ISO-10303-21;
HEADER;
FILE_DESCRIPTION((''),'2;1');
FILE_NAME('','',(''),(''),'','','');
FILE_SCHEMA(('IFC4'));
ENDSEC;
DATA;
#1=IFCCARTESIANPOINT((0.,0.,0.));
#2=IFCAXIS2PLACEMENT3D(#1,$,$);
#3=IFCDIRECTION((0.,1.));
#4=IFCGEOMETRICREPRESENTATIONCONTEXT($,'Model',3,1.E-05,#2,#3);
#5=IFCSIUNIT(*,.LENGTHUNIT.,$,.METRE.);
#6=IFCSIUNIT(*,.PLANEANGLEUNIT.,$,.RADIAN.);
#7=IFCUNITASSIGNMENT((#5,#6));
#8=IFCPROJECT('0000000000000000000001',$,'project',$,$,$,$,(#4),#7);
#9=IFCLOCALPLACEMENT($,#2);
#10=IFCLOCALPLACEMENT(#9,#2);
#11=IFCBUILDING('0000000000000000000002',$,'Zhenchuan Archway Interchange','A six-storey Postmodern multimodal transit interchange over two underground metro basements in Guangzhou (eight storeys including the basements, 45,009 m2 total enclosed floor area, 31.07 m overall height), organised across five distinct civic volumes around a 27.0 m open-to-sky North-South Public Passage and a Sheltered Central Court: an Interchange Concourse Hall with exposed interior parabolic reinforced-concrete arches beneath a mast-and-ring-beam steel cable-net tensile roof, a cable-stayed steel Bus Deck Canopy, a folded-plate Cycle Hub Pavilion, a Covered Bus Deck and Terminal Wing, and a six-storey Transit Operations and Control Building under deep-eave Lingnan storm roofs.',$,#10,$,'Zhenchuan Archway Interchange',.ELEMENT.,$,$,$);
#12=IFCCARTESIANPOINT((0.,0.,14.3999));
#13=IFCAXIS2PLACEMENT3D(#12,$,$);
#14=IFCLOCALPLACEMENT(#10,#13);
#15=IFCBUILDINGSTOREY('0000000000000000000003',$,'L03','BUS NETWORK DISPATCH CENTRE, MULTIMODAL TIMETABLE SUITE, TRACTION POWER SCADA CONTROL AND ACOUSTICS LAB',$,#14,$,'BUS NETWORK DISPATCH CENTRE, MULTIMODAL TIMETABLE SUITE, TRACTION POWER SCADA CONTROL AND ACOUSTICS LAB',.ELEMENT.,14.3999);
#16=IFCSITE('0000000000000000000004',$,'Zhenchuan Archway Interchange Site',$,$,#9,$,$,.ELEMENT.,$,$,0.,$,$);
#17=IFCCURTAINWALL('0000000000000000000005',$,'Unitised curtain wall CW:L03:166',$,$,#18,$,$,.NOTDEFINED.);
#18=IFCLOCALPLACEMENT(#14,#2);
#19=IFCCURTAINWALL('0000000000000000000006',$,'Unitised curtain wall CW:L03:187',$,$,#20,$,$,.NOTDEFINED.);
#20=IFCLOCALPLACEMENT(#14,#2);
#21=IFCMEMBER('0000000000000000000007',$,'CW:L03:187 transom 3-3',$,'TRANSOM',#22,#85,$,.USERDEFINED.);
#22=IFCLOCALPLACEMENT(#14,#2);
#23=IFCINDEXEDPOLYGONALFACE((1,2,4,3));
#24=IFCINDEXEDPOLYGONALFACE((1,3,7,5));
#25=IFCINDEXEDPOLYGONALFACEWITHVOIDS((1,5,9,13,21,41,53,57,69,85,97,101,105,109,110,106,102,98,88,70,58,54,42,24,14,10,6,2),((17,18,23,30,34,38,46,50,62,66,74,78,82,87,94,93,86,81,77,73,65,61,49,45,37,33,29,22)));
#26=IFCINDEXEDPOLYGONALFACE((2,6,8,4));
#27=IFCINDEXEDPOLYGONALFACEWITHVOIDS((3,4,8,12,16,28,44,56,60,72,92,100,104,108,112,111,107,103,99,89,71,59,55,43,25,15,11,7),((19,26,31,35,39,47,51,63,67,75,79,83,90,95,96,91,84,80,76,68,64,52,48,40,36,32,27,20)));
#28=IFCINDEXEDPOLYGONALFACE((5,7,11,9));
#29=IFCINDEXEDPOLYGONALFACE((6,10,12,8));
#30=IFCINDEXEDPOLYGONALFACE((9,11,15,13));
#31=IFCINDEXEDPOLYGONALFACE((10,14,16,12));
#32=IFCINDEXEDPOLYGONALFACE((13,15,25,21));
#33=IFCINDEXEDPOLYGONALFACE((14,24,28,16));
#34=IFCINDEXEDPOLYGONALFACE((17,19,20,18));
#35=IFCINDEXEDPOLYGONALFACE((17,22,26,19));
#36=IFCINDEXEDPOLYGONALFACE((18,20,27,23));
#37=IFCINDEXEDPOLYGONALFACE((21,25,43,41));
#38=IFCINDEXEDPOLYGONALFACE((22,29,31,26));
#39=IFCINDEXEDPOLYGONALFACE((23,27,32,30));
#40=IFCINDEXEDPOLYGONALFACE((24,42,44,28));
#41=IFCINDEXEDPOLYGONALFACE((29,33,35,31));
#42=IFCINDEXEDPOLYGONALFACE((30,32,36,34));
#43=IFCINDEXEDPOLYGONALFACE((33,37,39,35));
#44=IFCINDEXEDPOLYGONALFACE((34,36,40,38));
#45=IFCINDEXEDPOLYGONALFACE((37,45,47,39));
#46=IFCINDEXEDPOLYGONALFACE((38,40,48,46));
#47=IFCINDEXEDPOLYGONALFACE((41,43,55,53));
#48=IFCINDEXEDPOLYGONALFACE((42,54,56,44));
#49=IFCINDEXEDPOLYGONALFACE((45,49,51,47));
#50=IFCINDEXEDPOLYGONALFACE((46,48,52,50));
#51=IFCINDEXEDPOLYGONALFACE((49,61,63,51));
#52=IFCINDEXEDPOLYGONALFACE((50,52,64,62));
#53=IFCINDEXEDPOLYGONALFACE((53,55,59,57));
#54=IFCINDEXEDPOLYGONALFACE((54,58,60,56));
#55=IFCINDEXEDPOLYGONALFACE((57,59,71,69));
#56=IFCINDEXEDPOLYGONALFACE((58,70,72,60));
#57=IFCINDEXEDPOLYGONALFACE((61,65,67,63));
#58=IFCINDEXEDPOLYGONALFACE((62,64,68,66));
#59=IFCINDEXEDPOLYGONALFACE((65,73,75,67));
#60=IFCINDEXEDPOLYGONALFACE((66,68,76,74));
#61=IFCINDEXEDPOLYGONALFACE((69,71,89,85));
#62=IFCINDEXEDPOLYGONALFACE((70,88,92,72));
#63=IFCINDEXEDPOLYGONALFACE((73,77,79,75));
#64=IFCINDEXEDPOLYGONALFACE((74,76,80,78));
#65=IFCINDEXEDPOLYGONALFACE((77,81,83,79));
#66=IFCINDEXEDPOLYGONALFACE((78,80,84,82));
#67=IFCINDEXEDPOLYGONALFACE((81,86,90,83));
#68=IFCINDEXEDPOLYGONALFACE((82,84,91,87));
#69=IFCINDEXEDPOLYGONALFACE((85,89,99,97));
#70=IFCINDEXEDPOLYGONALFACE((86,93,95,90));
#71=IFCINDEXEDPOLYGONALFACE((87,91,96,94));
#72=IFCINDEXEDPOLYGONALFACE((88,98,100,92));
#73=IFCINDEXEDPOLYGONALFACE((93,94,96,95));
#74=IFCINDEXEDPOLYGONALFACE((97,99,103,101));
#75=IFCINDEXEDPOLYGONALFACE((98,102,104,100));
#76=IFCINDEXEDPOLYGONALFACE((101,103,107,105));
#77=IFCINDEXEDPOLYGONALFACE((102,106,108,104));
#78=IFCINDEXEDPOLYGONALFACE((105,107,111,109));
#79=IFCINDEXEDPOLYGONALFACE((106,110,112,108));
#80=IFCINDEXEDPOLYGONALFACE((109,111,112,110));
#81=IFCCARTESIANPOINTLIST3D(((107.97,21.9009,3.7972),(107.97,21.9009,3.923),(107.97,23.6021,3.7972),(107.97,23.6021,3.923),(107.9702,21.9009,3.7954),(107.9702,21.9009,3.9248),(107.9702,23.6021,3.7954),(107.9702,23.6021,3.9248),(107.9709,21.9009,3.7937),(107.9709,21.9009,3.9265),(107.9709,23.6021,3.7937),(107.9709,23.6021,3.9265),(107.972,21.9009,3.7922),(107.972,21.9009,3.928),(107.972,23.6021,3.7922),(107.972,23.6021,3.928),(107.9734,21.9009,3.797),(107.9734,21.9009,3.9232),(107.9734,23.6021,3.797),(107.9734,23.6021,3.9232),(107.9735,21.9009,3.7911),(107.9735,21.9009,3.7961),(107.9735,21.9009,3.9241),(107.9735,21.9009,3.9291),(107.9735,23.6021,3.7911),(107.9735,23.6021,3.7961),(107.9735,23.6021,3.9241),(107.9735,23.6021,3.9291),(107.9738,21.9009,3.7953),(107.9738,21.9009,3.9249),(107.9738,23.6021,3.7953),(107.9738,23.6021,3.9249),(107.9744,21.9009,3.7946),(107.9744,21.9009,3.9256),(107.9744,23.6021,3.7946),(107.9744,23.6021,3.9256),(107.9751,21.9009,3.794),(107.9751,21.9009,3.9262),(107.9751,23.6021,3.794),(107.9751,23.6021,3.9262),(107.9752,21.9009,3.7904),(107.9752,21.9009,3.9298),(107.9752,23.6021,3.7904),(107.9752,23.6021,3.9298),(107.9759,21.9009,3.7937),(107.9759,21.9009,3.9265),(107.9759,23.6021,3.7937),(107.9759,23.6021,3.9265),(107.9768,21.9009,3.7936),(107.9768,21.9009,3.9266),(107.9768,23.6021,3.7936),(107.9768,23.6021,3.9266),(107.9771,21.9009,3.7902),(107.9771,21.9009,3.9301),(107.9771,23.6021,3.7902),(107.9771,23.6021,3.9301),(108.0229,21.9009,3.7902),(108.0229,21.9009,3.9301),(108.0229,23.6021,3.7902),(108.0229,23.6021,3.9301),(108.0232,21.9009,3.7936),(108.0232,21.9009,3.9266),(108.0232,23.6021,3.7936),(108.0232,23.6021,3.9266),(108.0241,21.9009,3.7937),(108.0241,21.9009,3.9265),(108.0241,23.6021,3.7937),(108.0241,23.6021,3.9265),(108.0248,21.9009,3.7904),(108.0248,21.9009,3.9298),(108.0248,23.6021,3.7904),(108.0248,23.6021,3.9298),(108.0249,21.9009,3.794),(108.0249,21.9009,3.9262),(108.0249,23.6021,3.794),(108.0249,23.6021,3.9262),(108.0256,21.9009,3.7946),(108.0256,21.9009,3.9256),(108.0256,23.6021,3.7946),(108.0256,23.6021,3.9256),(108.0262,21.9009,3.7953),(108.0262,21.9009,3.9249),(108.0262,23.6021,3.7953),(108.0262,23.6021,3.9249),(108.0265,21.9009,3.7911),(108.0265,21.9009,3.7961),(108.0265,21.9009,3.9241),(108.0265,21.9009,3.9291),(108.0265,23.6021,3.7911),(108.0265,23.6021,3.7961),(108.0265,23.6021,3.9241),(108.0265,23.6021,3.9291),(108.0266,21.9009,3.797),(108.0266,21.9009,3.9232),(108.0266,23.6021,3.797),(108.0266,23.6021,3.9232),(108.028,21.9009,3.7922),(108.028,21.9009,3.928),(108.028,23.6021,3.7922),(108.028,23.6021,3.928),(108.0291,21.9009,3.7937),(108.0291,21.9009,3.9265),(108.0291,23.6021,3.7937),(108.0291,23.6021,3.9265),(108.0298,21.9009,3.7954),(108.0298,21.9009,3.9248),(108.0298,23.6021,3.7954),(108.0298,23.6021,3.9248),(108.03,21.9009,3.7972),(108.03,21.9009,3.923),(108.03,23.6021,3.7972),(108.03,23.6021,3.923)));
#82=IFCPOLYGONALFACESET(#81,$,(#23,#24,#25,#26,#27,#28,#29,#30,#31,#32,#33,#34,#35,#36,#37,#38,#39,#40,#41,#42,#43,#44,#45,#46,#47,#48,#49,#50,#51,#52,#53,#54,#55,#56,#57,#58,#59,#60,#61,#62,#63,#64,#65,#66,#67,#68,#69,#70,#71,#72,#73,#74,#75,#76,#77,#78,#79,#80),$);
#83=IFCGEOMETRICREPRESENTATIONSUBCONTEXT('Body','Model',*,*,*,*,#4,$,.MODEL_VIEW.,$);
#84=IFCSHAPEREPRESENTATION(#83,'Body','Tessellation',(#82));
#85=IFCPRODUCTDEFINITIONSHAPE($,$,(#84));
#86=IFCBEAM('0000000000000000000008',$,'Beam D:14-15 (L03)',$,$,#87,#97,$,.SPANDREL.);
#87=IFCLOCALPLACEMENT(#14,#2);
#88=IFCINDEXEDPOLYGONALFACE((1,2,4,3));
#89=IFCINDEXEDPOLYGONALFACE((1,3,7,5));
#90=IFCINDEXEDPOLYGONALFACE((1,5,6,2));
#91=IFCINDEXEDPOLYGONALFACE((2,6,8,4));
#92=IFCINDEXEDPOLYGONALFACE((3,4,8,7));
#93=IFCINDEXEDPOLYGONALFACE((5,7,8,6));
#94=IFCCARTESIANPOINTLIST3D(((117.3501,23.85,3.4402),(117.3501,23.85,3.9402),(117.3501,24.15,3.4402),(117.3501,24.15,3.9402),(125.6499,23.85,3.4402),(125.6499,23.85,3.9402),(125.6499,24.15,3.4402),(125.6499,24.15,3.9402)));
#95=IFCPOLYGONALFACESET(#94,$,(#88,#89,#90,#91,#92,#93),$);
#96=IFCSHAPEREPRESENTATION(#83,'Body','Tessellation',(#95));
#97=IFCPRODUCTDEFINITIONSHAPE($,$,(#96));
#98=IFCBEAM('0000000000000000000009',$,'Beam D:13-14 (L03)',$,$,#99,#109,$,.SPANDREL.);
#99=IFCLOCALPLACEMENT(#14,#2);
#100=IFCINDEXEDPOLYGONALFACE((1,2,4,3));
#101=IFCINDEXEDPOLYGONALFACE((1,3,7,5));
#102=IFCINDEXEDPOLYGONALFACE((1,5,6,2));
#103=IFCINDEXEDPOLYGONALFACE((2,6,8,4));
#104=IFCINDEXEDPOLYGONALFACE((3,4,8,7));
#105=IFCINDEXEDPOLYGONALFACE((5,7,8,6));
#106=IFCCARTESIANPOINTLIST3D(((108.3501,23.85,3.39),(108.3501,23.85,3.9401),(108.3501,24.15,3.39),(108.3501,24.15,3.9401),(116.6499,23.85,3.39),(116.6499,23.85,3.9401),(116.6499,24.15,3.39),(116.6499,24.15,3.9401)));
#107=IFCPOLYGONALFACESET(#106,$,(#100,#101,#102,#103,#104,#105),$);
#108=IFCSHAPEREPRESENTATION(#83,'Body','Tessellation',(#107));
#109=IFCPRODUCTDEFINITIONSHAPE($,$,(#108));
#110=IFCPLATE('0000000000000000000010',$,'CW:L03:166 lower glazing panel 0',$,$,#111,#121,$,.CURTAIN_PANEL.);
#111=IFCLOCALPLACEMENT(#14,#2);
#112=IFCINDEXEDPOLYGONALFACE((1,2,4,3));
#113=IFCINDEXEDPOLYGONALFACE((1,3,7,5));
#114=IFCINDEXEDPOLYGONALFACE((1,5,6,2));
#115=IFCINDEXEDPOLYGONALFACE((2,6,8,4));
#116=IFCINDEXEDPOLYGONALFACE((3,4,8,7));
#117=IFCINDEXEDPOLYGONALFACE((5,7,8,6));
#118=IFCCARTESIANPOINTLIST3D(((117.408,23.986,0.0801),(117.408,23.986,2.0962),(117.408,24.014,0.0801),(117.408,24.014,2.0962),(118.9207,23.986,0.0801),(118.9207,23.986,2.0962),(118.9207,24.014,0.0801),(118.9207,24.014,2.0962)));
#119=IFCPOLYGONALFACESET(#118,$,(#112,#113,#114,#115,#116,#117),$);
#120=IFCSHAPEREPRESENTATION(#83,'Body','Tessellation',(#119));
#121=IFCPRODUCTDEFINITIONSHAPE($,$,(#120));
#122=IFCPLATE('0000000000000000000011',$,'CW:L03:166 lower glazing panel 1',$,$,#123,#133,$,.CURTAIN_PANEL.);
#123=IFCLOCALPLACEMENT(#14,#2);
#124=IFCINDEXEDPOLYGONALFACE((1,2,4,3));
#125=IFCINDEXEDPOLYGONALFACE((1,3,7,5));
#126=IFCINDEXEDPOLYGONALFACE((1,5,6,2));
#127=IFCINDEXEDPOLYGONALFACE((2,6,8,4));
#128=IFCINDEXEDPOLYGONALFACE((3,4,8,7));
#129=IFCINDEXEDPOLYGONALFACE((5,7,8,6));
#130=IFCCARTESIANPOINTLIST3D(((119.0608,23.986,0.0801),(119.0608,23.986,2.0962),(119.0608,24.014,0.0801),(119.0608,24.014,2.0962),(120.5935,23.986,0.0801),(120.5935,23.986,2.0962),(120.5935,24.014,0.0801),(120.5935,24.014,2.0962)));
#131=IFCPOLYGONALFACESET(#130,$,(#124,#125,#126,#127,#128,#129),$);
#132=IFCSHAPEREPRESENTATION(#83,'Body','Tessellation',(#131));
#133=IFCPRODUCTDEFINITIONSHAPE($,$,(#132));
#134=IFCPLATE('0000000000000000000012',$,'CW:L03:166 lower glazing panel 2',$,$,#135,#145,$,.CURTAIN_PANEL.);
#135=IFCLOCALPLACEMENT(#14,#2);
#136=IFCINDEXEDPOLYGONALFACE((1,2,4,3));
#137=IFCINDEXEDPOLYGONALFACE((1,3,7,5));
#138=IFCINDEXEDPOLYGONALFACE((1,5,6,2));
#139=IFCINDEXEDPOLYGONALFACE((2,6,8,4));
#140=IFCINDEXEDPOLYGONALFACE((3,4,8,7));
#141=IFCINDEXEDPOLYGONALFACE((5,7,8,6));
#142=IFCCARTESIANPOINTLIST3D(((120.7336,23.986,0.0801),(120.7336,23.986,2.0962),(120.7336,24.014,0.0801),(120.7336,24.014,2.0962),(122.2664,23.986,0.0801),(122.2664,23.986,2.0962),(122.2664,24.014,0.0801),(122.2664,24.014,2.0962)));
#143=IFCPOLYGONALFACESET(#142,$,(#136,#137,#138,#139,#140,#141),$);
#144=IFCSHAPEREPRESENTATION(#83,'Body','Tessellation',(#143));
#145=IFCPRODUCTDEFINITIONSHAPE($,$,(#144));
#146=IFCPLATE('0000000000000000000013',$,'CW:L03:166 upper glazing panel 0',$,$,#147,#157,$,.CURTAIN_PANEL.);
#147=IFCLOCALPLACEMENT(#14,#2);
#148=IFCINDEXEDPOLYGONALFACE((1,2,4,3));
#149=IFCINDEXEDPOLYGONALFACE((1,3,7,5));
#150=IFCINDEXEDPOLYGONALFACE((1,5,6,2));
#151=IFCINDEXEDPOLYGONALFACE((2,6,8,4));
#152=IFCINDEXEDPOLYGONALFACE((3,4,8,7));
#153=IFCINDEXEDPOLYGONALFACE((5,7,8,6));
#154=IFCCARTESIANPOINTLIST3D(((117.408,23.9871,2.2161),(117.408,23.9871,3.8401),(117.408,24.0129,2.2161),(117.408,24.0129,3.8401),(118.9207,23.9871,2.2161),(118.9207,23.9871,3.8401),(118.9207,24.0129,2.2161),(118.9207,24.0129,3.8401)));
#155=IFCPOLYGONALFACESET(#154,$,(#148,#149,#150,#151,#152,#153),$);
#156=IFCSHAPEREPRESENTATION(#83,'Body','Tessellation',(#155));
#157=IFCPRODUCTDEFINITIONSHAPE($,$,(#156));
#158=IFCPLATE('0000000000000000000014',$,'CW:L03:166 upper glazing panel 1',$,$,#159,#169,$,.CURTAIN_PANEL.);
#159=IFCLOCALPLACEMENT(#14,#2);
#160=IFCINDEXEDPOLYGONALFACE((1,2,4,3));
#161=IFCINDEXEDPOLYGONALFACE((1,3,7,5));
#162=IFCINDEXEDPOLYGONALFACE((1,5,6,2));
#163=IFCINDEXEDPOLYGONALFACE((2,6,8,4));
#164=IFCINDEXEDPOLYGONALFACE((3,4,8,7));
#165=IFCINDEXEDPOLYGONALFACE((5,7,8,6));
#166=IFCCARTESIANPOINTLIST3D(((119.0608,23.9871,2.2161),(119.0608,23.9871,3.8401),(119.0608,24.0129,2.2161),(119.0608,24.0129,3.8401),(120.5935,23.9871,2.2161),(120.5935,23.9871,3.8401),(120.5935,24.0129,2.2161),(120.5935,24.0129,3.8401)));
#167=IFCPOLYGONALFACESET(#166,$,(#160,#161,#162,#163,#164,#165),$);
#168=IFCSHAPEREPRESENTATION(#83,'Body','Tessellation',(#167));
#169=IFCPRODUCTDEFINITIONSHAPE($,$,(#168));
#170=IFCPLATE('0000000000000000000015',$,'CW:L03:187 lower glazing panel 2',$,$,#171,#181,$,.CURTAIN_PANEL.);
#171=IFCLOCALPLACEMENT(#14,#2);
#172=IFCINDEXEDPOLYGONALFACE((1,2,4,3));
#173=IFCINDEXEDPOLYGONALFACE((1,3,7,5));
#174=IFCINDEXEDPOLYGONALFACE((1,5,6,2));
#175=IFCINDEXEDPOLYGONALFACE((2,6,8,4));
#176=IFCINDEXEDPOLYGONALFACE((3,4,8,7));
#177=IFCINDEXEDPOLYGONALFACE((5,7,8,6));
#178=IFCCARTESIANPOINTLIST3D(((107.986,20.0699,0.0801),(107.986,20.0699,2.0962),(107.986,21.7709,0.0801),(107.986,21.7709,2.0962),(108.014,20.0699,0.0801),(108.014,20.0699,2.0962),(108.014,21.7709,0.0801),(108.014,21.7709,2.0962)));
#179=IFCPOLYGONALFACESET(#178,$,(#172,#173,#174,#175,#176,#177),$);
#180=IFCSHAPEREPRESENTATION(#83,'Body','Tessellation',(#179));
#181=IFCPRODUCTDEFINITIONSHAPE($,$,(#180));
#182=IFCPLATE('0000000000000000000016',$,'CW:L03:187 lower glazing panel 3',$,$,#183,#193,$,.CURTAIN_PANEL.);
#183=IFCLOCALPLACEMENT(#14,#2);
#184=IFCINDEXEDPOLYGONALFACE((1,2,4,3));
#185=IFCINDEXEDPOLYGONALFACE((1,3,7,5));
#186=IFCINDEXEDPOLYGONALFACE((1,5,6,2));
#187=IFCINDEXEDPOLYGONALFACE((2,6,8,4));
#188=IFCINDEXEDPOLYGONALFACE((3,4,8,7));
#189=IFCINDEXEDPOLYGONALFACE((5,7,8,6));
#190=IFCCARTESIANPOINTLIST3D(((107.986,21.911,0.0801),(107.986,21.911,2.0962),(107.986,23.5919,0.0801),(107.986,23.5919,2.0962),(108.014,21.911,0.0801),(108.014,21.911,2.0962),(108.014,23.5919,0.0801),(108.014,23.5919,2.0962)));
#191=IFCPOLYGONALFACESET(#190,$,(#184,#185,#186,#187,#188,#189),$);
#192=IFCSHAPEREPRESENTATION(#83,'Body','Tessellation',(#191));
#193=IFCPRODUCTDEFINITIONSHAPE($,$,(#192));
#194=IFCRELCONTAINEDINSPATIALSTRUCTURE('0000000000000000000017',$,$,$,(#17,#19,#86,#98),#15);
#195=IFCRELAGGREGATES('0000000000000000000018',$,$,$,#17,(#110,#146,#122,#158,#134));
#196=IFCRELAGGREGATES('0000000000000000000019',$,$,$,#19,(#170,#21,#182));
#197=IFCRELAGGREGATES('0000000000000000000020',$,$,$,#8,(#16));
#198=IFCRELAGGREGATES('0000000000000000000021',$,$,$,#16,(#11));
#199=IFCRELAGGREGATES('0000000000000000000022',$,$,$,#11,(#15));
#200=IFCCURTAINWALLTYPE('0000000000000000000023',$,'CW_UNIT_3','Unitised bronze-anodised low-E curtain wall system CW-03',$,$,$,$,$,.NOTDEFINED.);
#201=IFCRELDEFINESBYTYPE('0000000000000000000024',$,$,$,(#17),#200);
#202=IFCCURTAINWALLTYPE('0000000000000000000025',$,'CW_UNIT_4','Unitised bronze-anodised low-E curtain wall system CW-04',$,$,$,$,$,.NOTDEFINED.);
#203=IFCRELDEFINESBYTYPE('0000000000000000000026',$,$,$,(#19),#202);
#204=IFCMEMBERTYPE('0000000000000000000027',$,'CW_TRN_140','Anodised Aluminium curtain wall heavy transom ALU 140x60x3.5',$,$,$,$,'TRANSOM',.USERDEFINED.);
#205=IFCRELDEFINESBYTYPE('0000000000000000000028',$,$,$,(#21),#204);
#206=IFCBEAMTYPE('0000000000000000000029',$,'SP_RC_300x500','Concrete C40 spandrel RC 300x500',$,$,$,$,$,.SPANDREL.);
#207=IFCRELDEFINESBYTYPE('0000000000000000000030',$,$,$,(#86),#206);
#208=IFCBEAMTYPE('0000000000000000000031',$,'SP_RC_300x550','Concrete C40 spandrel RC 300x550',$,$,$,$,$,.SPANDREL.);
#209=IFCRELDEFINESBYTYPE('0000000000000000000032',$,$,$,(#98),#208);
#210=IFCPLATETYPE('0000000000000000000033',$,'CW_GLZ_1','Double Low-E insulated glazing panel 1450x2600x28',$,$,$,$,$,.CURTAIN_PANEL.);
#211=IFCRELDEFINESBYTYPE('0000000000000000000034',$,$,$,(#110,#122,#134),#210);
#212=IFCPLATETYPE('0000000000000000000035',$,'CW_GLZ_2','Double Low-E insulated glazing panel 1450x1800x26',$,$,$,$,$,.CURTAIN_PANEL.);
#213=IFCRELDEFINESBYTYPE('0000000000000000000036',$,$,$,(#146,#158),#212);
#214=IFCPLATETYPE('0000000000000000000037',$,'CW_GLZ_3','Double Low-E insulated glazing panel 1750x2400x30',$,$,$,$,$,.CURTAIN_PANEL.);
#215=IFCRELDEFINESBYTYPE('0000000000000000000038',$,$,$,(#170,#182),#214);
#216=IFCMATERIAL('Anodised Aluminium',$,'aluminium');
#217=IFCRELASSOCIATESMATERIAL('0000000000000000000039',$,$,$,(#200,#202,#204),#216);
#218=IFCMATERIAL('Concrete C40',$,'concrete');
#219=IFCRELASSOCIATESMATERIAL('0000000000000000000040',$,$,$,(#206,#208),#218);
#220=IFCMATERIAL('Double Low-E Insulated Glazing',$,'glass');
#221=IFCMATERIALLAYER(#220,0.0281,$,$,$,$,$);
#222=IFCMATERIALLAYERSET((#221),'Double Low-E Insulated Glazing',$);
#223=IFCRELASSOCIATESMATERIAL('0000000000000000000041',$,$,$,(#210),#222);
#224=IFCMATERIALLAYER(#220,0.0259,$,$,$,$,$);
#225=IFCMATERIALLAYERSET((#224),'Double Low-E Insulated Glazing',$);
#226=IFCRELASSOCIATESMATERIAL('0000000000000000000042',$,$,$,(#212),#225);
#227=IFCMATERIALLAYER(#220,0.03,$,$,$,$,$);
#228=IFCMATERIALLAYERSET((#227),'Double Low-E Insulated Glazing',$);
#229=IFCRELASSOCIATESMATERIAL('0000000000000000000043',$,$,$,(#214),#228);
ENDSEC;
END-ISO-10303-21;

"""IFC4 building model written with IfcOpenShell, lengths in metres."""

from ifc_helpers import new_model, si_unit, direction, frame, origin, origin_2d, place, context, subcontext, project, spatial, rectangle, hollow_rectangle, extrude, material, layer, layer_set, material_profile, profile_set, type_object, element, aggregate, save


model = new_model("IFC4")

# Units and contexts
model_context = context("Model", 3, precision=1e-05, world=origin(), true_north=direction((0.0, 1.0)))
body_context = subcontext(model_context, "Body", "Model", "MODEL_VIEW")
ifc_project = project(units=[si_unit("LENGTHUNIT", "METRE"), si_unit("PLANEANGLEUNIT", "RADIAN")], contexts=[model_context])

# Site, building, storey
site_placement = place(None, origin())
site = spatial("IfcSite", under=ifc_project, at=site_placement, Name="Zhenchuan Archway Interchange Site", CompositionType="ELEMENT", RefElevation=0.0)
building_placement = place(site_placement, origin())
building = spatial("IfcBuilding", under=site, at=building_placement, Name="Zhenchuan Archway Interchange", Description="A six-storey Postmodern multimodal transit interchange over two underground metro basements in Guangzhou (eight storeys including the basements, 45,009 m2 total enclosed floor area, 31.07 m overall height), organised across five distinct civic volumes around a 27.0 m open-to-sky North-South Public Passage and a Sheltered Central Court: an Interchange Concourse Hall with exposed interior parabolic reinforced-concrete arches beneath a mast-and-ring-beam steel cable-net tensile roof, a cable-stayed steel Bus Deck Canopy, a folded-plate Cycle Hub Pavilion, a Covered Bus Deck and Terminal Wing, and a six-storey Transit Operations and Control Building under deep-eave Lingnan storm roofs.", LongName="Zhenchuan Archway Interchange", CompositionType="ELEMENT")
storey_placement = place(building_placement, frame((0.0, 0.0, 14.3999)))
storey = spatial("IfcBuildingStorey", under=building, at=storey_placement, Name="L03", Description="BUS NETWORK DISPATCH CENTRE, MULTIMODAL TIMETABLE SUITE, TRACTION POWER SCADA CONTROL AND ACOUSTICS LAB", LongName="BUS NETWORK DISPATCH CENTRE, MULTIMODAL TIMETABLE SUITE, TRACTION POWER SCADA CONTROL AND ACOUSTICS LAB", CompositionType="ELEMENT", Elevation=14.3999)

# Shared definitions
ifc_material_1 = material(Name="Concrete C40", Category="concrete")

# Curtain walls
ifc_material_2 = material(Name="Anodised Aluminium", Category="aluminium")
curtain_wall_type_1 = type_object("IfcCurtainWallType", Name="CW_UNIT_3", Description="Unitised bronze-anodised low-E curtain wall system CW-03", PredefinedType="NOTDEFINED", material=ifc_material_2)
curtain_wall_1_placement = place(storey_placement, origin())
curtain_wall_1 = element("IfcCurtainWall", 1, at=curtain_wall_1_placement, inside=storey, type_object=curtain_wall_type_1, Name="Unitised curtain wall CW:L03:166", PredefinedType="NOTDEFINED")
curtain_wall_type_2 = type_object("IfcCurtainWallType", Name="CW_UNIT_4", Description="Unitised bronze-anodised low-E curtain wall system CW-04", PredefinedType="NOTDEFINED", material=ifc_material_2)
curtain_wall_2_placement = place(storey_placement, origin())
curtain_wall_2 = element("IfcCurtainWall", 2, at=curtain_wall_2_placement, inside=storey, type_object=curtain_wall_type_2, Name="Unitised curtain wall CW:L03:187", PredefinedType="NOTDEFINED")

# Member
ifc_material_profile_1 = material_profile(ifc_material_2, hollow_rectangle(XDim=0.0601, YDim=0.1399, WallThickness=0.0034, InnerFilletRadius=0.0034, OuterFilletRadius=0.0071, at=origin_2d()), Name="ALU 140x60x3.5")
ifc_profile_set_1 = profile_set([ifc_material_profile_1], Name="Anodised Aluminium")
member_type_1 = type_object("IfcMemberType", Name="CW_TRN_140", Description="Anodised Aluminium curtain wall heavy transom ALU 140x60x3.5", ElementType="TRANSOM", PredefinedType="USERDEFINED", material=ifc_profile_set_1)
member_1_placement = place(storey_placement, frame((108.0, 21.9009, 3.8601), z_axis=(0.0, 1.0, 0.0), x_axis=(-1.0, 0.0, 0.0)))
member_1 = element("IfcMember", 3, at=member_1_placement, type_object=member_type_1, Name="CW:L03:187 transom 3-3", ObjectType="TRANSOM", PredefinedType="USERDEFINED", context=body_context, shape_type="SweptSolid", body=[
    extrude(hollow_rectangle(XDim=0.0601, YDim=0.1399, WallThickness=0.0034, InnerFilletRadius=0.0034, OuterFilletRadius=0.0071, at=origin_2d()), origin(), (0.0, 0.0, 1.0), 1.7012),
])

# Beams
ifc_material_profile_2 = material_profile(ifc_material_1, rectangle(XDim=0.3, YDim=0.5, at=origin_2d()), Name="RC 300x500")
ifc_profile_set_2 = profile_set([ifc_material_profile_2], Name="Concrete C40")
beam_type_1 = type_object("IfcBeamType", Name="SP_RC_300x500", Description="Concrete C40 spandrel RC 300x500", PredefinedType="SPANDREL", material=ifc_profile_set_2)
beam_1_placement = place(storey_placement, frame((117.3501, 24.0, 3.6902), z_axis=(1.0, 0.0, 0.0), x_axis=(0.0, 1.0, 0.0)))
element("IfcBeam", 4, at=beam_1_placement, inside=storey, type_object=beam_type_1, Name="Beam D:14-15 (L03)", PredefinedType="SPANDREL", context=body_context, shape_type="SweptSolid", body=[
    extrude(rectangle(XDim=0.3, YDim=0.5, at=origin_2d()), origin(), (0.0, 0.0, 1.0), 8.2998),
])
ifc_material_profile_3 = material_profile(ifc_material_1, rectangle(XDim=0.3, YDim=0.55, at=origin_2d()), Name="RC 300x550")
ifc_profile_set_3 = profile_set([ifc_material_profile_3], Name="Concrete C40")
beam_type_2 = type_object("IfcBeamType", Name="SP_RC_300x550", Description="Concrete C40 spandrel RC 300x550", PredefinedType="SPANDREL", material=ifc_profile_set_3)
beam_2_placement = place(storey_placement, frame((108.3501, 24.0, 3.665), z_axis=(1.0, 0.0, 0.0), x_axis=(0.0, 1.0, 0.0)))
element("IfcBeam", 5, at=beam_2_placement, inside=storey, type_object=beam_type_2, Name="Beam D:13-14 (L03)", PredefinedType="SPANDREL", context=body_context, shape_type="SweptSolid", body=[
    extrude(rectangle(XDim=0.3, YDim=0.55, at=origin_2d()), origin(), (0.0, 0.0, 1.0), 8.2998),
])

# Plates
ifc_material_3 = material(Name="Double Low-E Insulated Glazing", Category="glass")
ifc_layer_1 = layer(ifc_material_3, 0.0281)
ifc_layer_set_1 = layer_set([ifc_layer_1], Name="Double Low-E Insulated Glazing")
plate_type_1 = type_object("IfcPlateType", Name="CW_GLZ_1", Description="Double Low-E insulated glazing panel 1450x2600x28", PredefinedType="CURTAIN_PANEL", material=ifc_layer_set_1)
plate_1_placement = place(storey_placement, frame((118.1643, 24.0, 0.0801), z_axis=(0.0, 0.0, 1.0), x_axis=(1.0, 0.0, 0.0)))
plate_1 = element("IfcPlate", 6, at=plate_1_placement, type_object=plate_type_1, Name="CW:L03:166 lower glazing panel 0", PredefinedType="CURTAIN_PANEL", context=body_context, shape_type="SweptSolid", body=[
    extrude(rectangle(XDim=1.5127, YDim=0.0281, at=origin_2d()), origin(), (0.0, 0.0, 1.0), 2.0161),
])
plate_2_placement = place(storey_placement, frame((119.8271, 24.0, 0.0801), z_axis=(0.0, 0.0, 1.0), x_axis=(1.0, 0.0, 0.0)))
plate_2 = element("IfcPlate", 7, at=plate_2_placement, type_object=plate_type_1, Name="CW:L03:166 lower glazing panel 1", PredefinedType="CURTAIN_PANEL", context=body_context, shape_type="SweptSolid", body=[
    extrude(rectangle(XDim=1.5327, YDim=0.0281, at=origin_2d()), origin(), (0.0, 0.0, 1.0), 2.0161),
])
plate_3_placement = place(storey_placement, frame((121.5, 24.0, 0.0801), z_axis=(0.0, 0.0, 1.0), x_axis=(1.0, 0.0, 0.0)))
plate_3 = element("IfcPlate", 8, at=plate_3_placement, type_object=plate_type_1, Name="CW:L03:166 lower glazing panel 2", PredefinedType="CURTAIN_PANEL", context=body_context, shape_type="SweptSolid", body=[
    extrude(rectangle(XDim=1.5327, YDim=0.0281, at=origin_2d()), origin(), (0.0, 0.0, 1.0), 2.0161),
])
ifc_layer_2 = layer(ifc_material_3, 0.0259)
ifc_layer_set_2 = layer_set([ifc_layer_2], Name="Double Low-E Insulated Glazing")
plate_type_2 = type_object("IfcPlateType", Name="CW_GLZ_2", Description="Double Low-E insulated glazing panel 1450x1800x26", PredefinedType="CURTAIN_PANEL", material=ifc_layer_set_2)
plate_4_placement = place(storey_placement, frame((118.1643, 24.0, 2.2161), z_axis=(0.0, 0.0, 1.0), x_axis=(1.0, 0.0, 0.0)))
plate_4 = element("IfcPlate", 9, at=plate_4_placement, type_object=plate_type_2, Name="CW:L03:166 upper glazing panel 0", PredefinedType="CURTAIN_PANEL", context=body_context, shape_type="SweptSolid", body=[
    extrude(rectangle(XDim=1.5127, YDim=0.0259, at=origin_2d()), origin(), (0.0, 0.0, 1.0), 1.624),
])
plate_5_placement = place(storey_placement, frame((119.8271, 24.0, 2.2161), z_axis=(0.0, 0.0, 1.0), x_axis=(1.0, 0.0, 0.0)))
plate_5 = element("IfcPlate", 10, at=plate_5_placement, type_object=plate_type_2, Name="CW:L03:166 upper glazing panel 1", PredefinedType="CURTAIN_PANEL", context=body_context, shape_type="SweptSolid", body=[
    extrude(rectangle(XDim=1.5327, YDim=0.0259, at=origin_2d()), origin(), (0.0, 0.0, 1.0), 1.624),
])
aggregate(curtain_wall_1, [plate_1, plate_4, plate_2, plate_5, plate_3])
ifc_layer_3 = layer(ifc_material_3, 0.03)
ifc_layer_set_3 = layer_set([ifc_layer_3], Name="Double Low-E Insulated Glazing")
plate_type_3 = type_object("IfcPlateType", Name="CW_GLZ_3", Description="Double Low-E insulated glazing panel 1750x2400x30", PredefinedType="CURTAIN_PANEL", material=ifc_layer_set_3)
plate_6_placement = place(storey_placement, frame((108.0, 20.9204, 0.0801), z_axis=(0.0, 0.0, 1.0), x_axis=(0.0, 1.0, 0.0)))
plate_6 = element("IfcPlate", 11, at=plate_6_placement, type_object=plate_type_3, Name="CW:L03:187 lower glazing panel 2", PredefinedType="CURTAIN_PANEL", context=body_context, shape_type="SweptSolid", body=[
    extrude(rectangle(XDim=1.7009, YDim=0.0281, at=origin_2d()), origin(), (0.0, 0.0, 1.0), 2.0161),
])
plate_7_placement = place(storey_placement, frame((108.0, 22.7515, 0.0801), z_axis=(0.0, 0.0, 1.0), x_axis=(0.0, 1.0, 0.0)))
plate_7 = element("IfcPlate", 12, at=plate_7_placement, type_object=plate_type_3, Name="CW:L03:187 lower glazing panel 3", PredefinedType="CURTAIN_PANEL", context=body_context, shape_type="SweptSolid", body=[
    extrude(rectangle(XDim=1.6809, YDim=0.0281, at=origin_2d()), origin(), (0.0, 0.0, 1.0), 2.0161),
])
aggregate(curtain_wall_2, [plate_6, member_1, plate_7])

save(model, "model.ifc")
